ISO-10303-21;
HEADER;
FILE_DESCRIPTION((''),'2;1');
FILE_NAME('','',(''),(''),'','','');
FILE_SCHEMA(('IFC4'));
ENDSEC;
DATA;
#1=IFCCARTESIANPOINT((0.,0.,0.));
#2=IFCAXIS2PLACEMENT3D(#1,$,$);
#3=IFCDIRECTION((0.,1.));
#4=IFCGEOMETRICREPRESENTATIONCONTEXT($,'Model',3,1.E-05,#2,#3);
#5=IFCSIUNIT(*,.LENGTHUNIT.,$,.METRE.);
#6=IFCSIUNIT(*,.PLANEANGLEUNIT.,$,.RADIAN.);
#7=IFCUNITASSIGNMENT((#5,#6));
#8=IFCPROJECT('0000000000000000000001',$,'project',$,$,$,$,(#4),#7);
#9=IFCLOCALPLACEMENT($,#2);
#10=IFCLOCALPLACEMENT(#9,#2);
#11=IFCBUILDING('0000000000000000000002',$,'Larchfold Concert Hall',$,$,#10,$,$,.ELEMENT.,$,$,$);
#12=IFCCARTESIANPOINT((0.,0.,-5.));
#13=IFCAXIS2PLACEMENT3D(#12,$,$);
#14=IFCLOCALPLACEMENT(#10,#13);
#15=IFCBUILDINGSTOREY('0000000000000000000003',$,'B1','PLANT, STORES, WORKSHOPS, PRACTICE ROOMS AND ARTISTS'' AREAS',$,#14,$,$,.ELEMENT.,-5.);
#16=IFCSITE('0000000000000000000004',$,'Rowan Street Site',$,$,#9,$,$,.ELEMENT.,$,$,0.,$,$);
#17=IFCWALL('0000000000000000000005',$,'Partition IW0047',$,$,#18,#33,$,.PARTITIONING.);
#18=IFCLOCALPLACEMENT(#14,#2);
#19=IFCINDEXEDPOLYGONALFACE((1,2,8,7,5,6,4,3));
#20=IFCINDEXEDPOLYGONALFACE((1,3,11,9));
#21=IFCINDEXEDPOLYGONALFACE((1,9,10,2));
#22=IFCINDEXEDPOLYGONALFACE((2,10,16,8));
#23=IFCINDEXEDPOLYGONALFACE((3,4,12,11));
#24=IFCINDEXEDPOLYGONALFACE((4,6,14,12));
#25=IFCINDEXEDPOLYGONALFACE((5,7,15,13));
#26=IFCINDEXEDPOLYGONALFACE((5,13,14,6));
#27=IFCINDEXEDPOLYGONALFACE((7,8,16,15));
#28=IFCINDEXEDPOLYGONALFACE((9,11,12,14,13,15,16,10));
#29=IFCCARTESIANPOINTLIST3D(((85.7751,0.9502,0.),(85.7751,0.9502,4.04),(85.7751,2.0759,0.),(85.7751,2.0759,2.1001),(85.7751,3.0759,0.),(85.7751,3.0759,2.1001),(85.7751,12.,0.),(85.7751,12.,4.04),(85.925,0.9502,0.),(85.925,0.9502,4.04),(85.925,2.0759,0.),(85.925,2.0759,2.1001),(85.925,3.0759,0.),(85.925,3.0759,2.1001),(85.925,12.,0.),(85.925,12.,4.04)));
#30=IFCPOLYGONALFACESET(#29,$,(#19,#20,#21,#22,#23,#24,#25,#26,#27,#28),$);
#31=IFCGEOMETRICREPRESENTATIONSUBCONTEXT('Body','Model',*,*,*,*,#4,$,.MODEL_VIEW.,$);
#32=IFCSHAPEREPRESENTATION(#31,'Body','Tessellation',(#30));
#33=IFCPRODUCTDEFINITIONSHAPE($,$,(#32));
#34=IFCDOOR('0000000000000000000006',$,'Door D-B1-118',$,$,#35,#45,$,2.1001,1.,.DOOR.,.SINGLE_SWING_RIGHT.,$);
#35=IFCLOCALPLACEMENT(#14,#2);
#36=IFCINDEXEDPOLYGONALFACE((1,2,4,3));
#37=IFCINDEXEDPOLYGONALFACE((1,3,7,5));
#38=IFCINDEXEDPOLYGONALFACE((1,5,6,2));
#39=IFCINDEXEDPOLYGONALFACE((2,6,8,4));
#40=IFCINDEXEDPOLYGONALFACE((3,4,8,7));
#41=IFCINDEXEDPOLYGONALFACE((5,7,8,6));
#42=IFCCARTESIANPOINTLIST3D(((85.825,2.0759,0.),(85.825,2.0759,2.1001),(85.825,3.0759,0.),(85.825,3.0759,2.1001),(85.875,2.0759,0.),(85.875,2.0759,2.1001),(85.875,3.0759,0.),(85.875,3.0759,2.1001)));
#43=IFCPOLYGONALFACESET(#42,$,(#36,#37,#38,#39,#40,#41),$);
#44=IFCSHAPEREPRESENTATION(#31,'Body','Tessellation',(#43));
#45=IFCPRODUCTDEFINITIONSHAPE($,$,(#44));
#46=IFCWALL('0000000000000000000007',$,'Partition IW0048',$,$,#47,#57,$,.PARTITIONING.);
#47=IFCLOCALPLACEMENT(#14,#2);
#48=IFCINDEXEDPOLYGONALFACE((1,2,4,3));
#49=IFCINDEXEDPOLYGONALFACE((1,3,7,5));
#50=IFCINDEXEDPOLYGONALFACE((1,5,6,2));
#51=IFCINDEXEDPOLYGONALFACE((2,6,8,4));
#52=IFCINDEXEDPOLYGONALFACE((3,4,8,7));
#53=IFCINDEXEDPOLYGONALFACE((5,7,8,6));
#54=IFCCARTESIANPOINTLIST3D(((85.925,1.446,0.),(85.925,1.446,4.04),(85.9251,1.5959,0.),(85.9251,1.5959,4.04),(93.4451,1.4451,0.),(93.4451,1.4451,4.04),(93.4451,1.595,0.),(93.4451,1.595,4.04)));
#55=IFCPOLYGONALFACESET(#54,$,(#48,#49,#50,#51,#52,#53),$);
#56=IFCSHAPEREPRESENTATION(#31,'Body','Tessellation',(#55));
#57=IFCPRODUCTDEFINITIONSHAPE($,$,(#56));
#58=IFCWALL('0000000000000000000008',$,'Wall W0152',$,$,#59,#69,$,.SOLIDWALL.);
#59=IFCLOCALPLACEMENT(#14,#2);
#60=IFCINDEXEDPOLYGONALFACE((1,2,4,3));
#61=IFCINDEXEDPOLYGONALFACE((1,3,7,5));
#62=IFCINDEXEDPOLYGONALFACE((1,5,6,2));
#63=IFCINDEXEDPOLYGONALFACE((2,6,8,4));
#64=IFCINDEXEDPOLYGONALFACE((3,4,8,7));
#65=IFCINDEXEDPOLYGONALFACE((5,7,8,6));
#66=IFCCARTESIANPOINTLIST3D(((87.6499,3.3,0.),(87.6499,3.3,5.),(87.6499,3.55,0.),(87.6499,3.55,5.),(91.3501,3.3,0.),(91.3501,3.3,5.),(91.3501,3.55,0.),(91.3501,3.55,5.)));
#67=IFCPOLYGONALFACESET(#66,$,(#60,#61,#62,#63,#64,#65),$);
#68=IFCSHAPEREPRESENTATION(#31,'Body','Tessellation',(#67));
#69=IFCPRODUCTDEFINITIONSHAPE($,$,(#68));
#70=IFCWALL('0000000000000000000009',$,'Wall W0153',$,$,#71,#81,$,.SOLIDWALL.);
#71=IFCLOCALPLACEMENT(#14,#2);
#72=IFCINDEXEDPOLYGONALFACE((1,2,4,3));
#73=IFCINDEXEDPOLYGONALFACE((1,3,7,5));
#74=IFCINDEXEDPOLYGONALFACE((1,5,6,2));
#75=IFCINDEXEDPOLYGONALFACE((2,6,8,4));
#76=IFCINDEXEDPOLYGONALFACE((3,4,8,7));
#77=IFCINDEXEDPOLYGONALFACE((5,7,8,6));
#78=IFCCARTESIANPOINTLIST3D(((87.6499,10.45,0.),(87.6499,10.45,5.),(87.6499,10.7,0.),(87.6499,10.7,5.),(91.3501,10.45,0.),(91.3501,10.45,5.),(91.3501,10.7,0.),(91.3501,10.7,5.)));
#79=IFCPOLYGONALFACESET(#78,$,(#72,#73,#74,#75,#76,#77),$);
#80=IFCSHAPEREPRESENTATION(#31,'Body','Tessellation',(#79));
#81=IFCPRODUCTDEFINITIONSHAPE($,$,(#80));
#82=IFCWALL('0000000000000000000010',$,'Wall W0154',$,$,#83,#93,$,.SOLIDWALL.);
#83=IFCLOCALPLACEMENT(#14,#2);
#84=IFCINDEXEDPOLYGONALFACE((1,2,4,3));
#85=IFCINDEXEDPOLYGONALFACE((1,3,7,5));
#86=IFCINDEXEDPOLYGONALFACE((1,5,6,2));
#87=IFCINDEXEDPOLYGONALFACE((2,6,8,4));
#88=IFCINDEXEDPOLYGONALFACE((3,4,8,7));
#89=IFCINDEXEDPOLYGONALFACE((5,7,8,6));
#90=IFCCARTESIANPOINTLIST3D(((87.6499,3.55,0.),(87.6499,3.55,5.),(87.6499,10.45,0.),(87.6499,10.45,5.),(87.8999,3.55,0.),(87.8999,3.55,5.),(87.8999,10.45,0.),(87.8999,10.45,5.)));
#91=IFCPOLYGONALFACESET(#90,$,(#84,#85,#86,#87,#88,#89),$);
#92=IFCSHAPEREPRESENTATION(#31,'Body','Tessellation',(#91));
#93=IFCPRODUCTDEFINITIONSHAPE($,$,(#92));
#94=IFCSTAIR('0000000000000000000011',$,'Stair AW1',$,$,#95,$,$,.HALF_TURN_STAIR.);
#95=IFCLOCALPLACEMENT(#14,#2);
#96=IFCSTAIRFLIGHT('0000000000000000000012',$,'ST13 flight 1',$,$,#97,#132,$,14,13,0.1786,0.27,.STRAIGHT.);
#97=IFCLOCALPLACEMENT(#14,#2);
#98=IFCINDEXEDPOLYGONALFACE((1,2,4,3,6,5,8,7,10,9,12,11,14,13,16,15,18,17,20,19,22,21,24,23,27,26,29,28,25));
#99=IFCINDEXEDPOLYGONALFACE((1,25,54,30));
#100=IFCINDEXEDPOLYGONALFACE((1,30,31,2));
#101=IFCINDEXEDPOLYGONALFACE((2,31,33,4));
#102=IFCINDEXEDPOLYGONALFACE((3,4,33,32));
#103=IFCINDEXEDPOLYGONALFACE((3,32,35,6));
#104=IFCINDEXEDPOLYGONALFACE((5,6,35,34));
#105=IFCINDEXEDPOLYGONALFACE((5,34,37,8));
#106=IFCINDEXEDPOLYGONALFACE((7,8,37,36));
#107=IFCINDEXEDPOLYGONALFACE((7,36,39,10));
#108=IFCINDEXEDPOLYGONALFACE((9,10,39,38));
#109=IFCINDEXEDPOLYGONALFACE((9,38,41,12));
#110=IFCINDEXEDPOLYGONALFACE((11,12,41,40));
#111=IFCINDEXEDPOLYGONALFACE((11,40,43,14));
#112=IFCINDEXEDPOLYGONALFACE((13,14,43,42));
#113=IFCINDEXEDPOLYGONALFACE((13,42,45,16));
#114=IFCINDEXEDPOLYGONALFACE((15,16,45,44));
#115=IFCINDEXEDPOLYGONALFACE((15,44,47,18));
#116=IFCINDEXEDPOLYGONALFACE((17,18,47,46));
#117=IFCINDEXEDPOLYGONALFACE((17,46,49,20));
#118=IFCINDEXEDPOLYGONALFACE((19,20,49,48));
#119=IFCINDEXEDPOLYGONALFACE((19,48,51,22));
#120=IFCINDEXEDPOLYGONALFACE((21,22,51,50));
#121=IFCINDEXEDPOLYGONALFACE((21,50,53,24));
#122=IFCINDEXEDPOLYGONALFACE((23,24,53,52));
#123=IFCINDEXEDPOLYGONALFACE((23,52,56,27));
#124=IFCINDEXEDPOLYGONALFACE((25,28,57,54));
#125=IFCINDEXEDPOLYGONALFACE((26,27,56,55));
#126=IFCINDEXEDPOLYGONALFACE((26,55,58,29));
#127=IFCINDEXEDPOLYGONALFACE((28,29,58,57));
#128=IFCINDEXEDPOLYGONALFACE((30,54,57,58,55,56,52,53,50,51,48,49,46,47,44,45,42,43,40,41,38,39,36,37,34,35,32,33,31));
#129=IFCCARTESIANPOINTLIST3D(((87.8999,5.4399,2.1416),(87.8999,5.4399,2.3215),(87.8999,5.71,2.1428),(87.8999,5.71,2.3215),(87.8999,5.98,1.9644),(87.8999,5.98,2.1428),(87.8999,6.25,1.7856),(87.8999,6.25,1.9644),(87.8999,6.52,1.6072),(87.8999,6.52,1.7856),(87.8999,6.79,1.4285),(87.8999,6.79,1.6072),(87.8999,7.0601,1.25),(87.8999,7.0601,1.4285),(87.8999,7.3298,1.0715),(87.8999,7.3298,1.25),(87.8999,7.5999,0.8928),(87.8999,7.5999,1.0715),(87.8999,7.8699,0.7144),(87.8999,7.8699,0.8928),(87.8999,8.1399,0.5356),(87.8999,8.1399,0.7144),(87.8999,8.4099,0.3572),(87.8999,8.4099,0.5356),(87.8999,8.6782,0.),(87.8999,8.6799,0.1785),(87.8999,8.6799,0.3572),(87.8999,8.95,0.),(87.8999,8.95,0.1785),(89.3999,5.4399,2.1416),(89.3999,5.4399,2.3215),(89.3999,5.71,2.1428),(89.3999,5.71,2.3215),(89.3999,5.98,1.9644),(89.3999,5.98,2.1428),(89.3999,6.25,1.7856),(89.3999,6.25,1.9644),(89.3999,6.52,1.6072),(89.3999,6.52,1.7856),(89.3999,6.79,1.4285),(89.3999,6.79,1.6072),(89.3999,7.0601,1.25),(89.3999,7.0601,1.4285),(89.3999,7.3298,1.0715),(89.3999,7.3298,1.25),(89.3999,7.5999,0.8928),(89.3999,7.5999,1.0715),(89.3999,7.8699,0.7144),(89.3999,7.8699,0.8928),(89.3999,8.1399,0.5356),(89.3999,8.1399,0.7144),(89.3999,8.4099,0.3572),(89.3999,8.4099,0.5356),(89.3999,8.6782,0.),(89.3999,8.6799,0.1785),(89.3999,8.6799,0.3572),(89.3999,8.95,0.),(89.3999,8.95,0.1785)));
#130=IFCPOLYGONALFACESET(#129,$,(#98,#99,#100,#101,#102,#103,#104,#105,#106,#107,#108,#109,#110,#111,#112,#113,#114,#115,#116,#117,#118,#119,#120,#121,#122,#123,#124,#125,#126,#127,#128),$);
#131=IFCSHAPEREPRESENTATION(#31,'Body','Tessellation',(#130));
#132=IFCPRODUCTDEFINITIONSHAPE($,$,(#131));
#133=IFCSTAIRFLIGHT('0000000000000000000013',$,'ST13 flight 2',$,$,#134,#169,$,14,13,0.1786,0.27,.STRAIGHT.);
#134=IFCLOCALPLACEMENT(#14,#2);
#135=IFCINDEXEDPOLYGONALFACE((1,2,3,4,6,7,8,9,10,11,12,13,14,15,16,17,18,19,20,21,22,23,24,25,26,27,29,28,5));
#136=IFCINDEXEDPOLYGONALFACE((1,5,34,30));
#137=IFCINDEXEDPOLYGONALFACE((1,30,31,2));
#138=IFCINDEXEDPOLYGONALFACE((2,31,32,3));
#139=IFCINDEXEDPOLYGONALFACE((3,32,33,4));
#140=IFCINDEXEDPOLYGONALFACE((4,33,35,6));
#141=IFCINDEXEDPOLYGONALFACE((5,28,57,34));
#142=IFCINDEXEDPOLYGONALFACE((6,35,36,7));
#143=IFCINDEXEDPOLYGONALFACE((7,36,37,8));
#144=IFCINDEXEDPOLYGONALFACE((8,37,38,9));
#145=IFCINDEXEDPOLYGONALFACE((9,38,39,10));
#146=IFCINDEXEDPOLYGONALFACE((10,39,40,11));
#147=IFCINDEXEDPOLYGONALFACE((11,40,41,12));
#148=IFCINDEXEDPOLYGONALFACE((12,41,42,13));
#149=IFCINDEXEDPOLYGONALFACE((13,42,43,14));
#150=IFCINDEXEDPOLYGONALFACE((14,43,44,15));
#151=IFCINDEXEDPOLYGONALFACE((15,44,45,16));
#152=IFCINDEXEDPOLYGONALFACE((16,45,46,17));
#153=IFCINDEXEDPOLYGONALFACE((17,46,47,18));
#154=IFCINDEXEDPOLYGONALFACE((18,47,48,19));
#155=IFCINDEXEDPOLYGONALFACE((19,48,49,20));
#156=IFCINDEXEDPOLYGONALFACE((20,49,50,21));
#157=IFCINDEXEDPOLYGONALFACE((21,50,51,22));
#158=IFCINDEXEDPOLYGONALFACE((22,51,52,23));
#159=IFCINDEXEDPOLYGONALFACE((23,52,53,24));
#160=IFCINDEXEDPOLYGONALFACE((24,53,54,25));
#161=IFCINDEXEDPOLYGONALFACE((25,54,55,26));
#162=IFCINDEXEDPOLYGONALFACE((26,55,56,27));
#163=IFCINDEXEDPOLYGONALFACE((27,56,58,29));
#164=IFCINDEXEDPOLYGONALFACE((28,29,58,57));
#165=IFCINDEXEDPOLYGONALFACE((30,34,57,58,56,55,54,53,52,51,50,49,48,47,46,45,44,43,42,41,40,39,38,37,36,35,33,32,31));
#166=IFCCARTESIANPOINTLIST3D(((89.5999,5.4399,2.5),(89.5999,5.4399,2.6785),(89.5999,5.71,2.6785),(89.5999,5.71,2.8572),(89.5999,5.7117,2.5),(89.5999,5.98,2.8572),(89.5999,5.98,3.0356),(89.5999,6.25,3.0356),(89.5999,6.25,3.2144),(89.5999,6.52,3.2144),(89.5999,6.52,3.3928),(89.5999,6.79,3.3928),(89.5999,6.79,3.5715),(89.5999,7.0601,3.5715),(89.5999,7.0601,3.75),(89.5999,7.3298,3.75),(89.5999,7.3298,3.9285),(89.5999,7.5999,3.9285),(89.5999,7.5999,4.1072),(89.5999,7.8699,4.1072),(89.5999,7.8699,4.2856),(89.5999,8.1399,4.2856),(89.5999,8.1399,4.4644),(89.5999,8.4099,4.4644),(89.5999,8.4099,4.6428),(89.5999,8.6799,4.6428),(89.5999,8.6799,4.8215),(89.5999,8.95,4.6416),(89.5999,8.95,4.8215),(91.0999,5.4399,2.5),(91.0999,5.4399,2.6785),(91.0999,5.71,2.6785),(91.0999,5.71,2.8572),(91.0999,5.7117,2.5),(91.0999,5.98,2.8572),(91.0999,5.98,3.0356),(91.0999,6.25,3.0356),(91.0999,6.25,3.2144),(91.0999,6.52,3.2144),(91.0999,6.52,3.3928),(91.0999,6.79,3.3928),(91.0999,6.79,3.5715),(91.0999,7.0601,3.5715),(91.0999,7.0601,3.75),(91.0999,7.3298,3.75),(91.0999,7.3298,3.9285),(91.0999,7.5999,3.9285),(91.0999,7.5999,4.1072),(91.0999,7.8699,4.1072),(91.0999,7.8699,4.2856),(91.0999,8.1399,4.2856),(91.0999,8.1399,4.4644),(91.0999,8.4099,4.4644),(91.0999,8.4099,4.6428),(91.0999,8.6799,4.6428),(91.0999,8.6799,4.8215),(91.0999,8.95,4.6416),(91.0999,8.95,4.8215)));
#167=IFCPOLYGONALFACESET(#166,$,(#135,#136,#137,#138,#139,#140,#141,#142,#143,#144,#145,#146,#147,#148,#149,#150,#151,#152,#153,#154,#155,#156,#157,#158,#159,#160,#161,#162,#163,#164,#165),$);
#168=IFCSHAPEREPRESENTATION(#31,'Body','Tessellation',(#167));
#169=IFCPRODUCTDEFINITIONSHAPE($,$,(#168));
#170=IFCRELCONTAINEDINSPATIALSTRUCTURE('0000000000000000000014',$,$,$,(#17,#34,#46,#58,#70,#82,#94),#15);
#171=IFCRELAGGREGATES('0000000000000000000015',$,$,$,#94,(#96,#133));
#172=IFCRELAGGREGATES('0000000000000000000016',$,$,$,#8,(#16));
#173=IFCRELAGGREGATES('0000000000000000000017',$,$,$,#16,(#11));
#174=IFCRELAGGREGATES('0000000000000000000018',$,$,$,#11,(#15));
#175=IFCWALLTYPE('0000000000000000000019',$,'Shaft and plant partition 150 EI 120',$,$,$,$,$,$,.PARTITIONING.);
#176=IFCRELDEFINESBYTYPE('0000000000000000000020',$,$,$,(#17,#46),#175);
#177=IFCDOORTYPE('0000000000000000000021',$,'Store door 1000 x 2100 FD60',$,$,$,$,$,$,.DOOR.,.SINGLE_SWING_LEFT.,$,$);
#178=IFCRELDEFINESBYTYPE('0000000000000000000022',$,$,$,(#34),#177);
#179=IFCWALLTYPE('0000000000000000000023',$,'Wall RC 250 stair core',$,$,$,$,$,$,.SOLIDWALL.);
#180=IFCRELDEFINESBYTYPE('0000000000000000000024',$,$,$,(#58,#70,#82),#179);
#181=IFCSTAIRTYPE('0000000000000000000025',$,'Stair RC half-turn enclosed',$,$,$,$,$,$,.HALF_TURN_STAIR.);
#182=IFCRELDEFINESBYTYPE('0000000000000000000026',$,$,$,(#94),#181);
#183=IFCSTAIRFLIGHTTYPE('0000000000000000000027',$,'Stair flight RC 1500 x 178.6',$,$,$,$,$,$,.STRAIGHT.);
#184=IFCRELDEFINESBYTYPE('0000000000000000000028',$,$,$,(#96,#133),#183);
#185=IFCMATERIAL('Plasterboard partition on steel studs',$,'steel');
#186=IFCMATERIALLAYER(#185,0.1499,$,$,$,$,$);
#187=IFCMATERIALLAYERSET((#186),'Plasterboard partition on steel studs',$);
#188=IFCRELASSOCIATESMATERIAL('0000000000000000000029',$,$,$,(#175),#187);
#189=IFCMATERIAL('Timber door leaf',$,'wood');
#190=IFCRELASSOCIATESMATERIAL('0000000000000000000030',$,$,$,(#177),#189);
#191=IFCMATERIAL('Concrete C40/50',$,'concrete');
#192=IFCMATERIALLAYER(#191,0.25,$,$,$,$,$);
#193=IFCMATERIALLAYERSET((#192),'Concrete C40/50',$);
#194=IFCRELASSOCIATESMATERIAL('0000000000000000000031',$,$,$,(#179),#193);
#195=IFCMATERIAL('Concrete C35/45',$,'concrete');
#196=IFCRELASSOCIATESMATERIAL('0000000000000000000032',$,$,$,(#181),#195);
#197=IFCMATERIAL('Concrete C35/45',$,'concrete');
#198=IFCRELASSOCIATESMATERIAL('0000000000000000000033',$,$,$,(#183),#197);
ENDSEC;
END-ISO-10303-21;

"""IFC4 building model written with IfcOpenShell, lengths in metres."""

from ifc_helpers import new_model, si_unit, direction, frame, frame_2d, origin, place, context, subcontext, project, spatial, polyline, rectangle, outline, extrude, material, layer, layer_set, type_object, element, fill, aggregate, save


model = new_model("IFC4")

# Units and contexts
model_context = context("Model", 3, precision=1e-05, world=origin(), true_north=direction((0.0, 1.0)))
body_context = subcontext(model_context, "Body", "Model", "MODEL_VIEW")
ifc_project = project(units=[si_unit("LENGTHUNIT", "METRE"), si_unit("PLANEANGLEUNIT", "RADIAN")], contexts=[model_context])

# Site, building, storey
site_placement = place(None, origin())
site = spatial("IfcSite", under=ifc_project, at=site_placement, Name="Rowan Street Site", CompositionType="ELEMENT", RefElevation=0.0)
building_placement = place(site_placement, origin())
building = spatial("IfcBuilding", under=site, at=building_placement, Name="Larchfold Concert Hall", CompositionType="ELEMENT")
storey_placement = place(building_placement, frame((0.0, 0.0, -5.0)))
storey = spatial("IfcBuildingStorey", under=building, at=storey_placement, Name="B1", Description="PLANT, STORES, WORKSHOPS, PRACTICE ROOMS AND ARTISTS' AREAS", CompositionType="ELEMENT", Elevation=-5.0)

# Shared definitions
ifc_material_1 = material(Name="Plasterboard partition on steel studs", Category="steel")
ifc_layer_1 = layer(ifc_material_1, 0.1499)
ifc_layer_set_1 = layer_set([ifc_layer_1], Name="Plasterboard partition on steel studs")
wall_type_1 = type_object("IfcWallType", Name="Shaft and plant partition 150 EI 120", PredefinedType="PARTITIONING", material=ifc_layer_set_1)

# Wall, opening, door
wall_1_placement = place(storey_placement, frame((85.8501, 12.0, 0.0), z_axis=(0.0, 0.0, 1.0), x_axis=(0.0, -1.0, 0.0)))
wall_1 = element("IfcWall", 1, at=wall_1_placement, inside=storey, type_object=wall_type_1, Name="Partition IW0047", PredefinedType="PARTITIONING", context=body_context, shape_type="SweptSolid", body=[
    extrude(rectangle(XDim=11.0498, YDim=0.1499, at=frame_2d((5.5249, 0.0))), origin(), (0.0, 0.0, 1.0), 4.04),
])
opening_placement = place(wall_1_placement, frame((8.9241, 0.0, 0.0)))
opening = element("IfcOpeningElement", 2, at=opening_placement, cuts=wall_1, PredefinedType="OPENING", context=body_context, shape_type="SweptSolid", body=[
    extrude(rectangle(XDim=1.0, YDim=2.1001, at=frame_2d((0.5, 1.05))), frame((0.0, 0.085, 0.0), z_axis=(0.0, -1.0, 0.0), x_axis=(1.0, 0.0, 0.0)), (0.0, 0.0, 1.0), 0.1699),
])
ifc_material_2 = material(Name="Timber door leaf", Category="wood")
door_type = type_object("IfcDoorType", Name="Store door 1000 x 2100 FD60", OperationType="SINGLE_SWING_LEFT", PredefinedType="DOOR", material=ifc_material_2)
door_placement = place(opening_placement, origin())
door = element("IfcDoor", 3, at=door_placement, inside=storey, type_object=door_type, Name="Door D-B1-118", OperationType="SINGLE_SWING_RIGHT", OverallHeight=2.1001, OverallWidth=1.0, PredefinedType="DOOR", context=body_context, shape_type="SweptSolid", body=[
    extrude(rectangle(XDim=1.0, YDim=2.1001, at=frame_2d((0.5, 1.05))), frame((0.0, 0.0249, 0.0), z_axis=(0.0, -1.0, 0.0), x_axis=(1.0, 0.0, 0.0)), (0.0, 0.0, 1.0), 0.05),
])
fill(opening, door)

# Walls
wall_2_placement = place(storey_placement, frame((85.925, 1.521, 0.0), z_axis=(0.0, 0.0, 1.0), x_axis=(1.0, -0.00013, 0.0)))
element("IfcWall", 4, at=wall_2_placement, inside=storey, type_object=wall_type_1, Name="Partition IW0048", PredefinedType="PARTITIONING", context=body_context, shape_type="SweptSolid", body=[
    extrude(rectangle(XDim=7.52, YDim=0.1499, at=frame_2d((3.76, 0.0))), origin(), (0.0, 0.0, 1.0), 4.04),
])
ifc_material_3 = material(Name="Concrete C40/50", Category="concrete")
ifc_layer_2 = layer(ifc_material_3, 0.25)
ifc_layer_set_2 = layer_set([ifc_layer_2], Name="Concrete C40/50")
wall_type_2 = type_object("IfcWallType", Name="Wall RC 250 stair core", PredefinedType="SOLIDWALL", material=ifc_layer_set_2)
for number, where, z_axis, x_axis, name in (
    (5, (87.6499, 3.425, 0.0), (0.0, 0.0, 1.0), (1.0, 0.0, 0.0), "Wall W0152"),
    (6, (87.6499, 10.575, 0.0), (0.0, 0.0, 1.0), (1.0, 0.0, 0.0), "Wall W0153"),
):
    element("IfcWall", number, at=place(storey_placement, frame(where, z_axis=z_axis, x_axis=x_axis)), inside=storey, type_object=wall_type_2, Name=name, PredefinedType="SOLIDWALL", context=body_context, shape_type="SweptSolid", body=[
        extrude(rectangle(XDim=3.7002, YDim=0.25, at=frame_2d((1.8501, 0.0))), origin(), (0.0, 0.0, 1.0), 5.0),
    ])
wall_3_placement = place(storey_placement, frame((87.7749, 3.55, 0.0), z_axis=(0.0, 0.0, 1.0), x_axis=(0.0, 1.0, 0.0)))
element("IfcWall", 7, at=wall_3_placement, inside=storey, type_object=wall_type_2, Name="Wall W0154", PredefinedType="SOLIDWALL", context=body_context, shape_type="SweptSolid", body=[
    extrude(rectangle(XDim=6.8999, YDim=0.25, at=frame_2d((3.45, 0.0))), origin(), (0.0, 0.0, 1.0), 5.0),
])

# Stair, stair flights
ifc_material_4 = material(Name="Concrete C35/45", Category="concrete")
stair_type = type_object("IfcStairType", Name="Stair RC half-turn enclosed", PredefinedType="HALF_TURN_STAIR", material=ifc_material_4)
stair_placement = place(storey_placement, origin())
stair = element("IfcStair", 8, at=stair_placement, inside=storey, type_object=stair_type, Name="Stair AW1", PredefinedType="HALF_TURN_STAIR")
ifc_material_5 = material(Name="Concrete C35/45", Category="concrete")
stair_flight_type = type_object("IfcStairFlightType", Name="Stair flight RC 1500 x 178.6", PredefinedType="STRAIGHT", material=ifc_material_5)
stair_flight_1_placement = place(storey_placement, frame((88.6499, 8.95, 0.0), z_axis=(0.0, 0.0, 1.0), x_axis=(0.0, -1.0, 0.0)))
stair_flight_1 = element("IfcStairFlight", 9, at=stair_flight_1_placement, type_object=stair_flight_type, Name="ST13 flight 1", NumberOfRisers=14, NumberOfTreads=13, PredefinedType="STRAIGHT", RiserHeight=0.1786, TreadLength=0.27, context=body_context, shape_type="SweptSolid", body=[
    extrude(outline(polyline([(0.0, 0.0), (0.0, 0.1785), (0.27, 0.1785), (0.27, 0.3572), (0.54, 0.3572), (0.54, 0.5356), (0.8101, 0.5356), (0.8101, 0.7144), (1.0801, 0.7144), (1.0801, 0.8928), (1.3501, 0.8928), (1.3501, 1.0715), (1.6201, 1.0715), (1.6201, 1.25), (1.8899, 1.25), (1.8899, 1.4285), (2.1599, 1.4285), (2.1599, 1.6072), (2.4299, 1.6072), (2.4299, 1.7856), (2.7, 1.7856), (2.7, 1.9644), (2.97, 1.9644), (2.97, 2.1428), (3.24, 2.1428), (3.24, 2.3215), (3.51, 2.3215), (3.51, 2.5), (3.51, 2.1416), (0.2717, 0.0), (0.0, 0.0)])), frame((0.0, 0.75, 0.0), z_axis=(0.0, -1.0, 0.0), x_axis=(1.0, 0.0, 0.0)), (0.0, 0.0, 1.0), 1.5),
])
stair_flight_2_placement = place(storey_placement, frame((90.3499, 5.4399, 2.5), z_axis=(0.0, 0.0, 1.0), x_axis=(0.0, 1.0, 0.0)))
stair_flight_2 = element("IfcStairFlight", 10, at=stair_flight_2_placement, type_object=stair_flight_type, Name="ST13 flight 2", NumberOfRisers=14, NumberOfTreads=13, PredefinedType="STRAIGHT", RiserHeight=0.1786, TreadLength=0.27, context=body_context, shape_type="SweptSolid", body=[
    extrude(outline(polyline([(0.0, 0.0), (0.0, 0.1785), (0.27, 0.1785), (0.27, 0.3572), (0.54, 0.3572), (0.54, 0.5356), (0.8101, 0.5356), (0.8101, 0.7144), (1.0801, 0.7144), (1.0801, 0.8928), (1.3501, 0.8928), (1.3501, 1.0715), (1.6201, 1.0715), (1.6201, 1.25), (1.8899, 1.25), (1.8899, 1.4285), (2.1599, 1.4285), (2.1599, 1.6072), (2.4299, 1.6072), (2.4299, 1.7856), (2.7, 1.7856), (2.7, 1.9644), (2.97, 1.9644), (2.97, 2.1428), (3.24, 2.1428), (3.24, 2.3215), (3.51, 2.3215), (3.51, 2.5), (3.51, 2.1416), (0.2717, 0.0), (0.0, 0.0)])), frame((0.0, 0.75, 0.0), z_axis=(0.0, -1.0, 0.0), x_axis=(1.0, 0.0, 0.0)), (0.0, 0.0, 1.0), 1.5),
])
aggregate(stair, [stair_flight_1, stair_flight_2])

save(model, "model.ifc")
